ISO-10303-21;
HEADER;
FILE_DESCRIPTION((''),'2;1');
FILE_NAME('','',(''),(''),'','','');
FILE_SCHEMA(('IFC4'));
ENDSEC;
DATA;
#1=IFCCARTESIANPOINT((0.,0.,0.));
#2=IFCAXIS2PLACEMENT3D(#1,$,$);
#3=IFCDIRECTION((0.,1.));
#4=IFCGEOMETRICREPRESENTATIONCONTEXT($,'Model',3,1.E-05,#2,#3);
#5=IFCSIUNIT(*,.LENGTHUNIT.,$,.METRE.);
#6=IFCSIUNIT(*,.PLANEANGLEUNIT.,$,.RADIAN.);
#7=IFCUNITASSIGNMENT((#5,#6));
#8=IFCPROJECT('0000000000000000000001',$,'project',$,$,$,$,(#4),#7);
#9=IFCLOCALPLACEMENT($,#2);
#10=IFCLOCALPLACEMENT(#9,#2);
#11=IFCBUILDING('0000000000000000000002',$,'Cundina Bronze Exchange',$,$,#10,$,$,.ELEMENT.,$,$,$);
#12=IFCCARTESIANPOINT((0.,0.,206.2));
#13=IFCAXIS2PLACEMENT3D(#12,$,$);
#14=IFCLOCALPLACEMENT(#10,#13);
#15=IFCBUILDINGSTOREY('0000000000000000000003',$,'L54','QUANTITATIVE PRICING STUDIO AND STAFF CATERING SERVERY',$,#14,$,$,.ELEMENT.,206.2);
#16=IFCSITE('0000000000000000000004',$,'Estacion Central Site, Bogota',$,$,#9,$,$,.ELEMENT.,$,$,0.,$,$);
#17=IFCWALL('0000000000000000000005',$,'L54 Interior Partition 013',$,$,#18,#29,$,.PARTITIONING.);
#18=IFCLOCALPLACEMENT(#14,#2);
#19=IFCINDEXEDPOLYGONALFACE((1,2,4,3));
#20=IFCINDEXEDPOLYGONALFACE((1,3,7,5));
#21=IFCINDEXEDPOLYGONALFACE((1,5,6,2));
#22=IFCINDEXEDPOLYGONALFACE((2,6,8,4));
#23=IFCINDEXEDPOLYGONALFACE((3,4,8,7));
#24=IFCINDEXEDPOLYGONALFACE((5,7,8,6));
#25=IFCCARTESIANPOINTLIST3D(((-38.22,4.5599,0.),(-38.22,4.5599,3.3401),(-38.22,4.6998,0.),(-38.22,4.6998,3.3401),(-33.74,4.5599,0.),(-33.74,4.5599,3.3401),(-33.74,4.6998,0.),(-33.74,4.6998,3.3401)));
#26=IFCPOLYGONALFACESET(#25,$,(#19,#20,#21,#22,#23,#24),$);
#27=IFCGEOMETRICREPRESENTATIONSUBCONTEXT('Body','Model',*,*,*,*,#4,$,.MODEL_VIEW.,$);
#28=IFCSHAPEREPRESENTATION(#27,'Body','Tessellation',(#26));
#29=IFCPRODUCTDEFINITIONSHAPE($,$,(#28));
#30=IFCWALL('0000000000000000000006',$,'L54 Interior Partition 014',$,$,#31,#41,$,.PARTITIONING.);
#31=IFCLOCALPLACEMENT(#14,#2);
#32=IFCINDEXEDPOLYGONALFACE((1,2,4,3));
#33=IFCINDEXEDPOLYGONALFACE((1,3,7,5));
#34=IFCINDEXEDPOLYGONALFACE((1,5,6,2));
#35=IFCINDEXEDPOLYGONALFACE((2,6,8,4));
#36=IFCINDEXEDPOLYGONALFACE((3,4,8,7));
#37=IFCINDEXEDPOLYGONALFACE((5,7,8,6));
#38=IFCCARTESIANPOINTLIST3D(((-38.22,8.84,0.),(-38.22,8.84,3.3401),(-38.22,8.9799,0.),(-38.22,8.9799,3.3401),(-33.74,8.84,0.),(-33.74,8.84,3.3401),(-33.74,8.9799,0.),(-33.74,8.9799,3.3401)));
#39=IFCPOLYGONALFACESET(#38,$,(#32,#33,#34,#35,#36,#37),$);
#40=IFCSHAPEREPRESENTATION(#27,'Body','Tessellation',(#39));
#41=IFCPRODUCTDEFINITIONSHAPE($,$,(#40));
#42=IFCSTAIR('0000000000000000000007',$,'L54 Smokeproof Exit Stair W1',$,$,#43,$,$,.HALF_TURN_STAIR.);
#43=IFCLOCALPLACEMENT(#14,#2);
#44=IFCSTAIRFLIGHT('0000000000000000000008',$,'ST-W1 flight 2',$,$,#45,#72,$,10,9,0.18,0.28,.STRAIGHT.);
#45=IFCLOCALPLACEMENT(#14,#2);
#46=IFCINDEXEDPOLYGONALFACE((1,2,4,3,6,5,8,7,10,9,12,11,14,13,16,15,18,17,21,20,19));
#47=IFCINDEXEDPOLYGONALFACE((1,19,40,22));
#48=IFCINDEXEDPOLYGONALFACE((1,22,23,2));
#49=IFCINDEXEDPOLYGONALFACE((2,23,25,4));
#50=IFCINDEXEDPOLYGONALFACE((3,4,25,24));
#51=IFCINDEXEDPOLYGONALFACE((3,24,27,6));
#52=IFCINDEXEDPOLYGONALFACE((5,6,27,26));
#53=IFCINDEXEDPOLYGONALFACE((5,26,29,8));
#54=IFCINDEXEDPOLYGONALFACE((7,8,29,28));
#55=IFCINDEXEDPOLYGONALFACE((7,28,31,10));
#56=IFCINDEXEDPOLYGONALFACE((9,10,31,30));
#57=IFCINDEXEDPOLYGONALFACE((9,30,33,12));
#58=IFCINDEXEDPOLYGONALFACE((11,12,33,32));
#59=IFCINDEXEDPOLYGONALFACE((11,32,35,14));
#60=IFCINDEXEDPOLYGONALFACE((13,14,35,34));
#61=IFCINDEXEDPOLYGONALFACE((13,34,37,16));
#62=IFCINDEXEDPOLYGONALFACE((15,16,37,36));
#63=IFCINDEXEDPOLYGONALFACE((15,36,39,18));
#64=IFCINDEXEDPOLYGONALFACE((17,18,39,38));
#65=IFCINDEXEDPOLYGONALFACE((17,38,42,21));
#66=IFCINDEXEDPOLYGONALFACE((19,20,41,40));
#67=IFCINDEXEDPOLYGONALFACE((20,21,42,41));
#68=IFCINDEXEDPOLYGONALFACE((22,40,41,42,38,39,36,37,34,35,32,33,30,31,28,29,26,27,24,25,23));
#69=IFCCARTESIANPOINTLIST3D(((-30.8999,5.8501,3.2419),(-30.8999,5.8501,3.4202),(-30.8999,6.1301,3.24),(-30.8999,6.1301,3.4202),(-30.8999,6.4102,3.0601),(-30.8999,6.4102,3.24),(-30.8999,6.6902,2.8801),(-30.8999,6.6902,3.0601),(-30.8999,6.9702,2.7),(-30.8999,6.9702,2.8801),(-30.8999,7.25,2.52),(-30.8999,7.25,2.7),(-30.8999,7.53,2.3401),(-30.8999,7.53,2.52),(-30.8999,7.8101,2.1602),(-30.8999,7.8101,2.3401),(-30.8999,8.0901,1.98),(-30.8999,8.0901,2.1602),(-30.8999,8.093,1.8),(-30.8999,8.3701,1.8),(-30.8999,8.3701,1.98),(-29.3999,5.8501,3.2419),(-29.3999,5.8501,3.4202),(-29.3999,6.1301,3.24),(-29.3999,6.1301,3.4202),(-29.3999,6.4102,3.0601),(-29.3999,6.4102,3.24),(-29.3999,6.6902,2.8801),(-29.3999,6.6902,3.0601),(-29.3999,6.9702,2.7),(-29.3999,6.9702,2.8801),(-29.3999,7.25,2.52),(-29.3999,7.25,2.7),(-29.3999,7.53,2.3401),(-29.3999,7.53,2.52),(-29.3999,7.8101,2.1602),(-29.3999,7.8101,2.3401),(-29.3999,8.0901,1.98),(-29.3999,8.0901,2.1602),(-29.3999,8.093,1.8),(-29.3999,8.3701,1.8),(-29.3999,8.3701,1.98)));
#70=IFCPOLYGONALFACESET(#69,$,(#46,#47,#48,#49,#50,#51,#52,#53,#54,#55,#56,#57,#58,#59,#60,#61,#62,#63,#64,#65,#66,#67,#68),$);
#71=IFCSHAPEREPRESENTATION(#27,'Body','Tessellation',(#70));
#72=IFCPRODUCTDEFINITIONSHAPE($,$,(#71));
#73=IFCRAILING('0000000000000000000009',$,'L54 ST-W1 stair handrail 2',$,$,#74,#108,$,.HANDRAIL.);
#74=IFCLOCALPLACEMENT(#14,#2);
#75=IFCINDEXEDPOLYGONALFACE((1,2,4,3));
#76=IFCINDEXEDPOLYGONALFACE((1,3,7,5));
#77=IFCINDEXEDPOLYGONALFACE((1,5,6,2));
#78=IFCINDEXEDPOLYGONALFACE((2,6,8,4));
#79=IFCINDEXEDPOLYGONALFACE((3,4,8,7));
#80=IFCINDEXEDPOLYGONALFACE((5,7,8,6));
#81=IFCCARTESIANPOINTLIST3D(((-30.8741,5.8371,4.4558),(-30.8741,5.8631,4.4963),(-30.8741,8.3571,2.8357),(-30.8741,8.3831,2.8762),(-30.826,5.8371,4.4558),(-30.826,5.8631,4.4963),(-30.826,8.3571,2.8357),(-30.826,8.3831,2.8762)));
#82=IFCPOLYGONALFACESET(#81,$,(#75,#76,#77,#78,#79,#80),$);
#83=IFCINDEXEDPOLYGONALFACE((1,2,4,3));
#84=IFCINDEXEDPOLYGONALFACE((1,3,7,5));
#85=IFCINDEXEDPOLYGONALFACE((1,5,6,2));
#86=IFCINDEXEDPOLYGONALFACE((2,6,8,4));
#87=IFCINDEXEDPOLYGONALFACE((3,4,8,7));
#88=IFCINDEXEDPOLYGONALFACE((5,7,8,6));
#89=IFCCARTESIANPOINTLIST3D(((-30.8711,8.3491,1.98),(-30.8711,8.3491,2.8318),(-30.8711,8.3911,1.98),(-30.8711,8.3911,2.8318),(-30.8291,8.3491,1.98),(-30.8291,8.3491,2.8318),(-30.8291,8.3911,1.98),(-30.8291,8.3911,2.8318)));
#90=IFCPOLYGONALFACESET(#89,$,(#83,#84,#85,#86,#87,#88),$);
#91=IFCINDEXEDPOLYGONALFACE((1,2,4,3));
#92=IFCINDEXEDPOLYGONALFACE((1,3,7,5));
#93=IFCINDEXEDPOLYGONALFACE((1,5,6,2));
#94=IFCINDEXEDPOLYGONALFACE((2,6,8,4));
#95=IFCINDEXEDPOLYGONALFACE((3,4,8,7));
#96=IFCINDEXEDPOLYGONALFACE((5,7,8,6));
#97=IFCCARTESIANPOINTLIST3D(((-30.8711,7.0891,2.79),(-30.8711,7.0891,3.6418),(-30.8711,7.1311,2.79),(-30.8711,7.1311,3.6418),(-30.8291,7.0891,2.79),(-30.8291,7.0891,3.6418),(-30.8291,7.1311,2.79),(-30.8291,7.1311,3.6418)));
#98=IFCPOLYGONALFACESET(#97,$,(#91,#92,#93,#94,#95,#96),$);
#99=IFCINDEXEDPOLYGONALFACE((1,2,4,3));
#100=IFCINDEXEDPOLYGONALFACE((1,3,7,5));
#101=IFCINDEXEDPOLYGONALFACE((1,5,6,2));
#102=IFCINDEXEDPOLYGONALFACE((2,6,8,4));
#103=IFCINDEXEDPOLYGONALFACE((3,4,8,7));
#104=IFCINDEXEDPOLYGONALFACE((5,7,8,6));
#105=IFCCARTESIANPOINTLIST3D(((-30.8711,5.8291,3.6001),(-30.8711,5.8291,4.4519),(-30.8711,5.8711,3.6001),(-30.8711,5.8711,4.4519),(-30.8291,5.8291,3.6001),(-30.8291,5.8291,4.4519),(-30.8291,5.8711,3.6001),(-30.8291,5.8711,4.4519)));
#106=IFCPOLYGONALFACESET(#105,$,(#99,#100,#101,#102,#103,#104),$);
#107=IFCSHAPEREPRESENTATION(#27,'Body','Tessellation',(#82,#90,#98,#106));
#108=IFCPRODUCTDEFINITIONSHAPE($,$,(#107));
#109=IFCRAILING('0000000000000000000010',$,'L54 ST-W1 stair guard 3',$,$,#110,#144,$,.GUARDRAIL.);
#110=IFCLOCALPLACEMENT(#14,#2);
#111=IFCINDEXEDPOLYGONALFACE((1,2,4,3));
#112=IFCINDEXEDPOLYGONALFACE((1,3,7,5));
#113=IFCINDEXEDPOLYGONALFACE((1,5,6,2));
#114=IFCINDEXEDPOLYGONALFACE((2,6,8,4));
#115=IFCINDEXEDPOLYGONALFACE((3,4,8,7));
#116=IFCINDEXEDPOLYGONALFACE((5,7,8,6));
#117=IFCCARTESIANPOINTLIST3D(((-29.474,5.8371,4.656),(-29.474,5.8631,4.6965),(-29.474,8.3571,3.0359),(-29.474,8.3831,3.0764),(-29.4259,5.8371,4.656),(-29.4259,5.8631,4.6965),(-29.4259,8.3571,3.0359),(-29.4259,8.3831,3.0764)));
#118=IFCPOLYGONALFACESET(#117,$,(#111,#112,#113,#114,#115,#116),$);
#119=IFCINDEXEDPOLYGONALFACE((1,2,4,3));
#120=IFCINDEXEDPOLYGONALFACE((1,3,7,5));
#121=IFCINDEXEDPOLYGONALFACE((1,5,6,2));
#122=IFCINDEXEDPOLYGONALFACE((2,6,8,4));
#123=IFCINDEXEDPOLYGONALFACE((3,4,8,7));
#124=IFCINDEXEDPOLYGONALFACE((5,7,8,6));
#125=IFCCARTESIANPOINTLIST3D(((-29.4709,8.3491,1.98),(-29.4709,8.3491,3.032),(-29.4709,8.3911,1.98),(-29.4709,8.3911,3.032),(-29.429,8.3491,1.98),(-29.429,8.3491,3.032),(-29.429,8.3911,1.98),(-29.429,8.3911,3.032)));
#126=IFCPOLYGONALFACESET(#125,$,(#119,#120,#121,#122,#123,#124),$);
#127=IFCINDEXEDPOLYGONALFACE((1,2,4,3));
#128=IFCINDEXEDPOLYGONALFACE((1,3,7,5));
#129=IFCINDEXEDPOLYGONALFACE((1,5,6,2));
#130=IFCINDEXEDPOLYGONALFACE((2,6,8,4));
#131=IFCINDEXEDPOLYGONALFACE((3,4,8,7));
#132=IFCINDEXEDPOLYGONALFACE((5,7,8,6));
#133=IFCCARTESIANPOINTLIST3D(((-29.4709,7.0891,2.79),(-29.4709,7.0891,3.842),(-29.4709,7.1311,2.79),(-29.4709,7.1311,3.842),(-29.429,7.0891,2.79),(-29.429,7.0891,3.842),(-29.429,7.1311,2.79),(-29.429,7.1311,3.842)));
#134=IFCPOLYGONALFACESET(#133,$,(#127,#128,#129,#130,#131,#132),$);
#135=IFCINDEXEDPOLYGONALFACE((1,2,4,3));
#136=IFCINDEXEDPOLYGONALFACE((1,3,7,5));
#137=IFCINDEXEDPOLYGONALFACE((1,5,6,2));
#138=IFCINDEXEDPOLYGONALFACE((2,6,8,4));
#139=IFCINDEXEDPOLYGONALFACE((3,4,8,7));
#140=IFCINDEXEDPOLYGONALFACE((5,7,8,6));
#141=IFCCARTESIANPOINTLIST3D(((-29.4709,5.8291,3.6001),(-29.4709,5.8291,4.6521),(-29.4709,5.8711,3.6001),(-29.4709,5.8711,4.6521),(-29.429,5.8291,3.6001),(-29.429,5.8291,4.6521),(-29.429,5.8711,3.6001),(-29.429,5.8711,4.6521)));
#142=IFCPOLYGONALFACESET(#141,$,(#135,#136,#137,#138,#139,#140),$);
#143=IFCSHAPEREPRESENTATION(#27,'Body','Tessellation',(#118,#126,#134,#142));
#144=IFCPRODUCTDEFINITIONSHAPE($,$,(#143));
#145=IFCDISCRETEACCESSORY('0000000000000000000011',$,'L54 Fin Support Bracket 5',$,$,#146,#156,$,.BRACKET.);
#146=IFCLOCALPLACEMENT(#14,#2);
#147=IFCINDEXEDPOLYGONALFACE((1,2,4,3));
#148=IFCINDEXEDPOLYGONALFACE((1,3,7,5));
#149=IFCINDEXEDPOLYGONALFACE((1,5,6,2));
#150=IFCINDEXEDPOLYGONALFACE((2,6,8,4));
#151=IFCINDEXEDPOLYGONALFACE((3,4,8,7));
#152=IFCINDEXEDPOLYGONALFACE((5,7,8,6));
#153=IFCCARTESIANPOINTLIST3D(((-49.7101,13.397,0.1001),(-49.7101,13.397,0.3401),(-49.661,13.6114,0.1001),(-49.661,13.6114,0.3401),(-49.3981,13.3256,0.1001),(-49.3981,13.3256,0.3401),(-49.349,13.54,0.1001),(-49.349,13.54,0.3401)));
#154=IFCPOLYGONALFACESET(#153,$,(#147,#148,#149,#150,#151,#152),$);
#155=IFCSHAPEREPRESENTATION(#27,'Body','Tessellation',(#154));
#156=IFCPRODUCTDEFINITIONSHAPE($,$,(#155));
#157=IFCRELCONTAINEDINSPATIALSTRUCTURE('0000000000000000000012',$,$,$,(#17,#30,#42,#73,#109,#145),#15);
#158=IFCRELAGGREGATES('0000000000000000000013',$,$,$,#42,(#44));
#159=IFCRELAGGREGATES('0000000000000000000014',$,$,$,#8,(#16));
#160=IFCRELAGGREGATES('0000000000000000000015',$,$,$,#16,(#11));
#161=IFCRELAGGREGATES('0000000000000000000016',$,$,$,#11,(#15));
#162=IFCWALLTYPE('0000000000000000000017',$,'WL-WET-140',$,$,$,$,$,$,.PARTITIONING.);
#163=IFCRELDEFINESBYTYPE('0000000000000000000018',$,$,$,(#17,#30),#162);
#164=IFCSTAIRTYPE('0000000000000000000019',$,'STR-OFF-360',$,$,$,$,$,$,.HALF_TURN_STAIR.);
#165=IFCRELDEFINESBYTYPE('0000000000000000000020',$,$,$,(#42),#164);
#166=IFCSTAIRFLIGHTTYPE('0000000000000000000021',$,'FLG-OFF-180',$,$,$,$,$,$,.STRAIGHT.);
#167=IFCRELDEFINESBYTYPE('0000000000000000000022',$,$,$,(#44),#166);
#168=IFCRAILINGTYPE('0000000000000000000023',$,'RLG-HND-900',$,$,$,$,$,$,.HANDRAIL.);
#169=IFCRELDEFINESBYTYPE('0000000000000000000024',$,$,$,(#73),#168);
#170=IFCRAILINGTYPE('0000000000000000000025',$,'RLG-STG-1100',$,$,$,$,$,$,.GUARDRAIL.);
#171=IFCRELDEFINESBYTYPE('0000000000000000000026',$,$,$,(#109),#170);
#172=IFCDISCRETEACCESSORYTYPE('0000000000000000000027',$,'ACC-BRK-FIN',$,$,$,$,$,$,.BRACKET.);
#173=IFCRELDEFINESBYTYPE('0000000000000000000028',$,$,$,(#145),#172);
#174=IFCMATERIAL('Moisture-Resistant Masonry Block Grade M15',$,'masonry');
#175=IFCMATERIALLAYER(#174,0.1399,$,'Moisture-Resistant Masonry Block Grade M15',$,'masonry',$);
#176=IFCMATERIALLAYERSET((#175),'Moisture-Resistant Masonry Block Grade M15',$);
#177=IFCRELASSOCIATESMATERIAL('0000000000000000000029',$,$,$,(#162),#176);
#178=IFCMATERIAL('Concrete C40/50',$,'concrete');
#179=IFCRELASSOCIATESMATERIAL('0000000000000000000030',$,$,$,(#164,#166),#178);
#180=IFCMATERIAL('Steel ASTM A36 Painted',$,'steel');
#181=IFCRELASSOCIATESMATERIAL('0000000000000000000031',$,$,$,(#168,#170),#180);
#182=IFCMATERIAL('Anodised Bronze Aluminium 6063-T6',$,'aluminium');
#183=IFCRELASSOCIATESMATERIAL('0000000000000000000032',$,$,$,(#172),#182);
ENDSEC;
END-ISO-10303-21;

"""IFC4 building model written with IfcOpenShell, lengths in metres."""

from ifc_helpers import new_model, si_unit, direction, frame, frame_2d, origin, origin_2d, place, context, subcontext, project, spatial, polyline, rectangle, outline, extrude, material, layer, layer_set, type_object, element, aggregate, save


model = new_model("IFC4")

# Units and contexts
model_context = context("Model", 3, precision=1e-05, world=origin(), true_north=direction((0.0, 1.0)))
body_context = subcontext(model_context, "Body", "Model", "MODEL_VIEW")
ifc_project = project(units=[si_unit("LENGTHUNIT", "METRE"), si_unit("PLANEANGLEUNIT", "RADIAN")], contexts=[model_context])

# Site, building, storey
site_placement = place(None, origin())
site = spatial("IfcSite", under=ifc_project, at=site_placement, Name="Estacion Central Site, Bogota", CompositionType="ELEMENT", RefElevation=0.0)
building_placement = place(site_placement, origin())
building = spatial("IfcBuilding", under=site, at=building_placement, Name="Cundina Bronze Exchange", CompositionType="ELEMENT")
storey_placement = place(building_placement, frame((0.0, 0.0, 206.2)))
storey = spatial("IfcBuildingStorey", under=building, at=storey_placement, Name="L54", Description="QUANTITATIVE PRICING STUDIO AND STAFF CATERING SERVERY", CompositionType="ELEMENT", Elevation=206.2)

# Shared definitions
ifc_material_1 = material(Name="Anodised Bronze Aluminium 6063-T6", Category="aluminium")

# Shared definitions
ifc_material_2 = material(Name="Steel ASTM A36 Painted", Category="steel")

# Walls
ifc_material_3 = material(Name="Moisture-Resistant Masonry Block Grade M15", Category="masonry")
ifc_layer_1 = layer(ifc_material_3, 0.1399, Name="Moisture-Resistant Masonry Block Grade M15", Category="masonry")
ifc_layer_set_1 = layer_set([ifc_layer_1], Name="Moisture-Resistant Masonry Block Grade M15")
wall_type_1 = type_object("IfcWallType", Name="WL-WET-140", PredefinedType="PARTITIONING", material=ifc_layer_set_1)
for number, where, z_axis, x_axis, name in (
    (1, (-38.22, 4.6299, 0.0), (0.0, 0.0, 1.0), (1.0, 0.0, 0.0), "L54 Interior Partition 013"),
    (2, (-38.22, 8.9099, 0.0), (0.0, 0.0, 1.0), (1.0, 0.0, 0.0), "L54 Interior Partition 014"),
):
    element("IfcWall", number, at=place(storey_placement, frame(where, z_axis=z_axis, x_axis=x_axis)), inside=storey, type_object=wall_type_1, Name=name, PredefinedType="PARTITIONING", context=body_context, shape_type="SweptSolid", body=[
        extrude(rectangle(XDim=4.48, YDim=0.1399, at=frame_2d((2.24, 0.0))), origin(), (0.0, 0.0, 1.0), 3.3401),
    ])

# Stair, stair flight
ifc_material_4 = material(Name="Concrete C40/50", Category="concrete")
stair_type = type_object("IfcStairType", Name="STR-OFF-360", PredefinedType="HALF_TURN_STAIR", material=ifc_material_4)
stair_placement = place(storey_placement, origin())
stair = element("IfcStair", 3, at=stair_placement, inside=storey, type_object=stair_type, Name="L54 Smokeproof Exit Stair W1", PredefinedType="HALF_TURN_STAIR")
stair_flight_type = type_object("IfcStairFlightType", Name="FLG-OFF-180", PredefinedType="STRAIGHT", material=ifc_material_4)
stair_flight_placement = place(storey_placement, frame((-30.1499, 8.3701, 1.8), z_axis=(0.0, 0.0, 1.0), x_axis=(0.0, -1.0, 0.0)))
stair_flight = element("IfcStairFlight", 4, at=stair_flight_placement, type_object=stair_flight_type, Name="ST-W1 flight 2", NumberOfRisers=10, NumberOfTreads=9, PredefinedType="STRAIGHT", RiserHeight=0.18, TreadLength=0.28, context=body_context, shape_type="SweptSolid", body=[
    extrude(outline(polyline([(0.0, 0.0), (0.0, 0.1799), (0.28, 0.1799), (0.28, 0.3601), (0.5601, 0.3601), (0.5601, 0.54), (0.8401, 0.54), (0.8401, 0.72), (1.1201, 0.72), (1.1201, 0.8999), (1.3999, 0.8999), (1.3999, 1.0801), (1.6799, 1.0801), (1.6799, 1.26), (1.96, 1.26), (1.96, 1.4399), (2.24, 1.4399), (2.24, 1.6201), (2.52, 1.6201), (2.52, 1.8), (2.52, 1.4419), (0.2771, 0.0), (0.0, 0.0)])), frame((0.0, 0.75, 0.0), z_axis=(0.0, -1.0, 0.0), x_axis=(1.0, 0.0, 0.0)), (0.0, 0.0, 1.0), 1.5),
])
aggregate(stair, [stair_flight])

# Railings
railing_type_1 = type_object("IfcRailingType", Name="RLG-HND-900", PredefinedType="HANDRAIL", material=ifc_material_2)
railing_1_placement = place(storey_placement, frame((-30.8501, 8.3701, 1.98)))
element("IfcRailing", 5, at=railing_1_placement, inside=storey, type_object=railing_type_1, Name="L54 ST-W1 stair handrail 2", PredefinedType="HANDRAIL", context=body_context, shape_type="SweptSolid", body=[
    extrude(rectangle(XDim=0.0481, YDim=0.0481, at=origin_2d()), frame((0.0, 0.0, 0.876), z_axis=(0.0, -0.841163, 0.540782), x_axis=(1.0, 0.0, 0.0)), (0.0, 0.0, 1.0), 2.9958),
    extrude(rectangle(XDim=0.042, YDim=0.042, at=origin_2d()), origin(), (0.0, 0.0, 1.0), 0.8518),
    extrude(rectangle(XDim=0.042, YDim=0.042, at=origin_2d()), frame((0.0, -1.26, 0.8101)), (0.0, 0.0, 1.0), 0.8518),
    extrude(rectangle(XDim=0.042, YDim=0.042, at=origin_2d()), frame((0.0, -2.52, 1.6201)), (0.0, 0.0, 1.0), 0.8518),
])
railing_type_2 = type_object("IfcRailingType", Name="RLG-STG-1100", PredefinedType="GUARDRAIL", material=ifc_material_2)
railing_2_placement = place(storey_placement, frame((-29.45, 8.3701, 1.98)))
element("IfcRailing", 6, at=railing_2_placement, inside=storey, type_object=railing_type_2, Name="L54 ST-W1 stair guard 3", PredefinedType="GUARDRAIL", context=body_context, shape_type="SweptSolid", body=[
    extrude(rectangle(XDim=0.0481, YDim=0.0481, at=origin_2d()), frame((0.0, 0.0, 1.0762), z_axis=(0.0, -0.841163, 0.540782), x_axis=(1.0, 0.0, 0.0)), (0.0, 0.0, 1.0), 2.9958),
    extrude(rectangle(XDim=0.042, YDim=0.042, at=origin_2d()), origin(), (0.0, 0.0, 1.0), 1.052),
    extrude(rectangle(XDim=0.042, YDim=0.042, at=origin_2d()), frame((0.0, -1.26, 0.8101)), (0.0, 0.0, 1.0), 1.052),
    extrude(rectangle(XDim=0.042, YDim=0.042, at=origin_2d()), frame((0.0, -2.52, 1.6201)), (0.0, 0.0, 1.0), 1.052),
])

# Discrete accessory
discrete_accessory_type = type_object("IfcDiscreteAccessoryType", Name="ACC-BRK-FIN", PredefinedType="BRACKET", material=ifc_material_1)
discrete_accessory_placement = place(storey_placement, frame((-49.5295, 13.4685, 0.1001), z_axis=(0.0, 0.0, 1.0), x_axis=(-0.223284, -0.974753, 0.0)))
element("IfcDiscreteAccessory", 7, at=discrete_accessory_placement, inside=storey, type_object=discrete_accessory_type, Name="L54 Fin Support Bracket 5", PredefinedType="BRACKET", context=body_context, shape_type="SweptSolid", body=[
    extrude(rectangle(XDim=0.22, YDim=0.3201, at=origin_2d()), origin(), (0.0, 0.0, 1.0), 0.24),
])

save(model, "model.ifc")
